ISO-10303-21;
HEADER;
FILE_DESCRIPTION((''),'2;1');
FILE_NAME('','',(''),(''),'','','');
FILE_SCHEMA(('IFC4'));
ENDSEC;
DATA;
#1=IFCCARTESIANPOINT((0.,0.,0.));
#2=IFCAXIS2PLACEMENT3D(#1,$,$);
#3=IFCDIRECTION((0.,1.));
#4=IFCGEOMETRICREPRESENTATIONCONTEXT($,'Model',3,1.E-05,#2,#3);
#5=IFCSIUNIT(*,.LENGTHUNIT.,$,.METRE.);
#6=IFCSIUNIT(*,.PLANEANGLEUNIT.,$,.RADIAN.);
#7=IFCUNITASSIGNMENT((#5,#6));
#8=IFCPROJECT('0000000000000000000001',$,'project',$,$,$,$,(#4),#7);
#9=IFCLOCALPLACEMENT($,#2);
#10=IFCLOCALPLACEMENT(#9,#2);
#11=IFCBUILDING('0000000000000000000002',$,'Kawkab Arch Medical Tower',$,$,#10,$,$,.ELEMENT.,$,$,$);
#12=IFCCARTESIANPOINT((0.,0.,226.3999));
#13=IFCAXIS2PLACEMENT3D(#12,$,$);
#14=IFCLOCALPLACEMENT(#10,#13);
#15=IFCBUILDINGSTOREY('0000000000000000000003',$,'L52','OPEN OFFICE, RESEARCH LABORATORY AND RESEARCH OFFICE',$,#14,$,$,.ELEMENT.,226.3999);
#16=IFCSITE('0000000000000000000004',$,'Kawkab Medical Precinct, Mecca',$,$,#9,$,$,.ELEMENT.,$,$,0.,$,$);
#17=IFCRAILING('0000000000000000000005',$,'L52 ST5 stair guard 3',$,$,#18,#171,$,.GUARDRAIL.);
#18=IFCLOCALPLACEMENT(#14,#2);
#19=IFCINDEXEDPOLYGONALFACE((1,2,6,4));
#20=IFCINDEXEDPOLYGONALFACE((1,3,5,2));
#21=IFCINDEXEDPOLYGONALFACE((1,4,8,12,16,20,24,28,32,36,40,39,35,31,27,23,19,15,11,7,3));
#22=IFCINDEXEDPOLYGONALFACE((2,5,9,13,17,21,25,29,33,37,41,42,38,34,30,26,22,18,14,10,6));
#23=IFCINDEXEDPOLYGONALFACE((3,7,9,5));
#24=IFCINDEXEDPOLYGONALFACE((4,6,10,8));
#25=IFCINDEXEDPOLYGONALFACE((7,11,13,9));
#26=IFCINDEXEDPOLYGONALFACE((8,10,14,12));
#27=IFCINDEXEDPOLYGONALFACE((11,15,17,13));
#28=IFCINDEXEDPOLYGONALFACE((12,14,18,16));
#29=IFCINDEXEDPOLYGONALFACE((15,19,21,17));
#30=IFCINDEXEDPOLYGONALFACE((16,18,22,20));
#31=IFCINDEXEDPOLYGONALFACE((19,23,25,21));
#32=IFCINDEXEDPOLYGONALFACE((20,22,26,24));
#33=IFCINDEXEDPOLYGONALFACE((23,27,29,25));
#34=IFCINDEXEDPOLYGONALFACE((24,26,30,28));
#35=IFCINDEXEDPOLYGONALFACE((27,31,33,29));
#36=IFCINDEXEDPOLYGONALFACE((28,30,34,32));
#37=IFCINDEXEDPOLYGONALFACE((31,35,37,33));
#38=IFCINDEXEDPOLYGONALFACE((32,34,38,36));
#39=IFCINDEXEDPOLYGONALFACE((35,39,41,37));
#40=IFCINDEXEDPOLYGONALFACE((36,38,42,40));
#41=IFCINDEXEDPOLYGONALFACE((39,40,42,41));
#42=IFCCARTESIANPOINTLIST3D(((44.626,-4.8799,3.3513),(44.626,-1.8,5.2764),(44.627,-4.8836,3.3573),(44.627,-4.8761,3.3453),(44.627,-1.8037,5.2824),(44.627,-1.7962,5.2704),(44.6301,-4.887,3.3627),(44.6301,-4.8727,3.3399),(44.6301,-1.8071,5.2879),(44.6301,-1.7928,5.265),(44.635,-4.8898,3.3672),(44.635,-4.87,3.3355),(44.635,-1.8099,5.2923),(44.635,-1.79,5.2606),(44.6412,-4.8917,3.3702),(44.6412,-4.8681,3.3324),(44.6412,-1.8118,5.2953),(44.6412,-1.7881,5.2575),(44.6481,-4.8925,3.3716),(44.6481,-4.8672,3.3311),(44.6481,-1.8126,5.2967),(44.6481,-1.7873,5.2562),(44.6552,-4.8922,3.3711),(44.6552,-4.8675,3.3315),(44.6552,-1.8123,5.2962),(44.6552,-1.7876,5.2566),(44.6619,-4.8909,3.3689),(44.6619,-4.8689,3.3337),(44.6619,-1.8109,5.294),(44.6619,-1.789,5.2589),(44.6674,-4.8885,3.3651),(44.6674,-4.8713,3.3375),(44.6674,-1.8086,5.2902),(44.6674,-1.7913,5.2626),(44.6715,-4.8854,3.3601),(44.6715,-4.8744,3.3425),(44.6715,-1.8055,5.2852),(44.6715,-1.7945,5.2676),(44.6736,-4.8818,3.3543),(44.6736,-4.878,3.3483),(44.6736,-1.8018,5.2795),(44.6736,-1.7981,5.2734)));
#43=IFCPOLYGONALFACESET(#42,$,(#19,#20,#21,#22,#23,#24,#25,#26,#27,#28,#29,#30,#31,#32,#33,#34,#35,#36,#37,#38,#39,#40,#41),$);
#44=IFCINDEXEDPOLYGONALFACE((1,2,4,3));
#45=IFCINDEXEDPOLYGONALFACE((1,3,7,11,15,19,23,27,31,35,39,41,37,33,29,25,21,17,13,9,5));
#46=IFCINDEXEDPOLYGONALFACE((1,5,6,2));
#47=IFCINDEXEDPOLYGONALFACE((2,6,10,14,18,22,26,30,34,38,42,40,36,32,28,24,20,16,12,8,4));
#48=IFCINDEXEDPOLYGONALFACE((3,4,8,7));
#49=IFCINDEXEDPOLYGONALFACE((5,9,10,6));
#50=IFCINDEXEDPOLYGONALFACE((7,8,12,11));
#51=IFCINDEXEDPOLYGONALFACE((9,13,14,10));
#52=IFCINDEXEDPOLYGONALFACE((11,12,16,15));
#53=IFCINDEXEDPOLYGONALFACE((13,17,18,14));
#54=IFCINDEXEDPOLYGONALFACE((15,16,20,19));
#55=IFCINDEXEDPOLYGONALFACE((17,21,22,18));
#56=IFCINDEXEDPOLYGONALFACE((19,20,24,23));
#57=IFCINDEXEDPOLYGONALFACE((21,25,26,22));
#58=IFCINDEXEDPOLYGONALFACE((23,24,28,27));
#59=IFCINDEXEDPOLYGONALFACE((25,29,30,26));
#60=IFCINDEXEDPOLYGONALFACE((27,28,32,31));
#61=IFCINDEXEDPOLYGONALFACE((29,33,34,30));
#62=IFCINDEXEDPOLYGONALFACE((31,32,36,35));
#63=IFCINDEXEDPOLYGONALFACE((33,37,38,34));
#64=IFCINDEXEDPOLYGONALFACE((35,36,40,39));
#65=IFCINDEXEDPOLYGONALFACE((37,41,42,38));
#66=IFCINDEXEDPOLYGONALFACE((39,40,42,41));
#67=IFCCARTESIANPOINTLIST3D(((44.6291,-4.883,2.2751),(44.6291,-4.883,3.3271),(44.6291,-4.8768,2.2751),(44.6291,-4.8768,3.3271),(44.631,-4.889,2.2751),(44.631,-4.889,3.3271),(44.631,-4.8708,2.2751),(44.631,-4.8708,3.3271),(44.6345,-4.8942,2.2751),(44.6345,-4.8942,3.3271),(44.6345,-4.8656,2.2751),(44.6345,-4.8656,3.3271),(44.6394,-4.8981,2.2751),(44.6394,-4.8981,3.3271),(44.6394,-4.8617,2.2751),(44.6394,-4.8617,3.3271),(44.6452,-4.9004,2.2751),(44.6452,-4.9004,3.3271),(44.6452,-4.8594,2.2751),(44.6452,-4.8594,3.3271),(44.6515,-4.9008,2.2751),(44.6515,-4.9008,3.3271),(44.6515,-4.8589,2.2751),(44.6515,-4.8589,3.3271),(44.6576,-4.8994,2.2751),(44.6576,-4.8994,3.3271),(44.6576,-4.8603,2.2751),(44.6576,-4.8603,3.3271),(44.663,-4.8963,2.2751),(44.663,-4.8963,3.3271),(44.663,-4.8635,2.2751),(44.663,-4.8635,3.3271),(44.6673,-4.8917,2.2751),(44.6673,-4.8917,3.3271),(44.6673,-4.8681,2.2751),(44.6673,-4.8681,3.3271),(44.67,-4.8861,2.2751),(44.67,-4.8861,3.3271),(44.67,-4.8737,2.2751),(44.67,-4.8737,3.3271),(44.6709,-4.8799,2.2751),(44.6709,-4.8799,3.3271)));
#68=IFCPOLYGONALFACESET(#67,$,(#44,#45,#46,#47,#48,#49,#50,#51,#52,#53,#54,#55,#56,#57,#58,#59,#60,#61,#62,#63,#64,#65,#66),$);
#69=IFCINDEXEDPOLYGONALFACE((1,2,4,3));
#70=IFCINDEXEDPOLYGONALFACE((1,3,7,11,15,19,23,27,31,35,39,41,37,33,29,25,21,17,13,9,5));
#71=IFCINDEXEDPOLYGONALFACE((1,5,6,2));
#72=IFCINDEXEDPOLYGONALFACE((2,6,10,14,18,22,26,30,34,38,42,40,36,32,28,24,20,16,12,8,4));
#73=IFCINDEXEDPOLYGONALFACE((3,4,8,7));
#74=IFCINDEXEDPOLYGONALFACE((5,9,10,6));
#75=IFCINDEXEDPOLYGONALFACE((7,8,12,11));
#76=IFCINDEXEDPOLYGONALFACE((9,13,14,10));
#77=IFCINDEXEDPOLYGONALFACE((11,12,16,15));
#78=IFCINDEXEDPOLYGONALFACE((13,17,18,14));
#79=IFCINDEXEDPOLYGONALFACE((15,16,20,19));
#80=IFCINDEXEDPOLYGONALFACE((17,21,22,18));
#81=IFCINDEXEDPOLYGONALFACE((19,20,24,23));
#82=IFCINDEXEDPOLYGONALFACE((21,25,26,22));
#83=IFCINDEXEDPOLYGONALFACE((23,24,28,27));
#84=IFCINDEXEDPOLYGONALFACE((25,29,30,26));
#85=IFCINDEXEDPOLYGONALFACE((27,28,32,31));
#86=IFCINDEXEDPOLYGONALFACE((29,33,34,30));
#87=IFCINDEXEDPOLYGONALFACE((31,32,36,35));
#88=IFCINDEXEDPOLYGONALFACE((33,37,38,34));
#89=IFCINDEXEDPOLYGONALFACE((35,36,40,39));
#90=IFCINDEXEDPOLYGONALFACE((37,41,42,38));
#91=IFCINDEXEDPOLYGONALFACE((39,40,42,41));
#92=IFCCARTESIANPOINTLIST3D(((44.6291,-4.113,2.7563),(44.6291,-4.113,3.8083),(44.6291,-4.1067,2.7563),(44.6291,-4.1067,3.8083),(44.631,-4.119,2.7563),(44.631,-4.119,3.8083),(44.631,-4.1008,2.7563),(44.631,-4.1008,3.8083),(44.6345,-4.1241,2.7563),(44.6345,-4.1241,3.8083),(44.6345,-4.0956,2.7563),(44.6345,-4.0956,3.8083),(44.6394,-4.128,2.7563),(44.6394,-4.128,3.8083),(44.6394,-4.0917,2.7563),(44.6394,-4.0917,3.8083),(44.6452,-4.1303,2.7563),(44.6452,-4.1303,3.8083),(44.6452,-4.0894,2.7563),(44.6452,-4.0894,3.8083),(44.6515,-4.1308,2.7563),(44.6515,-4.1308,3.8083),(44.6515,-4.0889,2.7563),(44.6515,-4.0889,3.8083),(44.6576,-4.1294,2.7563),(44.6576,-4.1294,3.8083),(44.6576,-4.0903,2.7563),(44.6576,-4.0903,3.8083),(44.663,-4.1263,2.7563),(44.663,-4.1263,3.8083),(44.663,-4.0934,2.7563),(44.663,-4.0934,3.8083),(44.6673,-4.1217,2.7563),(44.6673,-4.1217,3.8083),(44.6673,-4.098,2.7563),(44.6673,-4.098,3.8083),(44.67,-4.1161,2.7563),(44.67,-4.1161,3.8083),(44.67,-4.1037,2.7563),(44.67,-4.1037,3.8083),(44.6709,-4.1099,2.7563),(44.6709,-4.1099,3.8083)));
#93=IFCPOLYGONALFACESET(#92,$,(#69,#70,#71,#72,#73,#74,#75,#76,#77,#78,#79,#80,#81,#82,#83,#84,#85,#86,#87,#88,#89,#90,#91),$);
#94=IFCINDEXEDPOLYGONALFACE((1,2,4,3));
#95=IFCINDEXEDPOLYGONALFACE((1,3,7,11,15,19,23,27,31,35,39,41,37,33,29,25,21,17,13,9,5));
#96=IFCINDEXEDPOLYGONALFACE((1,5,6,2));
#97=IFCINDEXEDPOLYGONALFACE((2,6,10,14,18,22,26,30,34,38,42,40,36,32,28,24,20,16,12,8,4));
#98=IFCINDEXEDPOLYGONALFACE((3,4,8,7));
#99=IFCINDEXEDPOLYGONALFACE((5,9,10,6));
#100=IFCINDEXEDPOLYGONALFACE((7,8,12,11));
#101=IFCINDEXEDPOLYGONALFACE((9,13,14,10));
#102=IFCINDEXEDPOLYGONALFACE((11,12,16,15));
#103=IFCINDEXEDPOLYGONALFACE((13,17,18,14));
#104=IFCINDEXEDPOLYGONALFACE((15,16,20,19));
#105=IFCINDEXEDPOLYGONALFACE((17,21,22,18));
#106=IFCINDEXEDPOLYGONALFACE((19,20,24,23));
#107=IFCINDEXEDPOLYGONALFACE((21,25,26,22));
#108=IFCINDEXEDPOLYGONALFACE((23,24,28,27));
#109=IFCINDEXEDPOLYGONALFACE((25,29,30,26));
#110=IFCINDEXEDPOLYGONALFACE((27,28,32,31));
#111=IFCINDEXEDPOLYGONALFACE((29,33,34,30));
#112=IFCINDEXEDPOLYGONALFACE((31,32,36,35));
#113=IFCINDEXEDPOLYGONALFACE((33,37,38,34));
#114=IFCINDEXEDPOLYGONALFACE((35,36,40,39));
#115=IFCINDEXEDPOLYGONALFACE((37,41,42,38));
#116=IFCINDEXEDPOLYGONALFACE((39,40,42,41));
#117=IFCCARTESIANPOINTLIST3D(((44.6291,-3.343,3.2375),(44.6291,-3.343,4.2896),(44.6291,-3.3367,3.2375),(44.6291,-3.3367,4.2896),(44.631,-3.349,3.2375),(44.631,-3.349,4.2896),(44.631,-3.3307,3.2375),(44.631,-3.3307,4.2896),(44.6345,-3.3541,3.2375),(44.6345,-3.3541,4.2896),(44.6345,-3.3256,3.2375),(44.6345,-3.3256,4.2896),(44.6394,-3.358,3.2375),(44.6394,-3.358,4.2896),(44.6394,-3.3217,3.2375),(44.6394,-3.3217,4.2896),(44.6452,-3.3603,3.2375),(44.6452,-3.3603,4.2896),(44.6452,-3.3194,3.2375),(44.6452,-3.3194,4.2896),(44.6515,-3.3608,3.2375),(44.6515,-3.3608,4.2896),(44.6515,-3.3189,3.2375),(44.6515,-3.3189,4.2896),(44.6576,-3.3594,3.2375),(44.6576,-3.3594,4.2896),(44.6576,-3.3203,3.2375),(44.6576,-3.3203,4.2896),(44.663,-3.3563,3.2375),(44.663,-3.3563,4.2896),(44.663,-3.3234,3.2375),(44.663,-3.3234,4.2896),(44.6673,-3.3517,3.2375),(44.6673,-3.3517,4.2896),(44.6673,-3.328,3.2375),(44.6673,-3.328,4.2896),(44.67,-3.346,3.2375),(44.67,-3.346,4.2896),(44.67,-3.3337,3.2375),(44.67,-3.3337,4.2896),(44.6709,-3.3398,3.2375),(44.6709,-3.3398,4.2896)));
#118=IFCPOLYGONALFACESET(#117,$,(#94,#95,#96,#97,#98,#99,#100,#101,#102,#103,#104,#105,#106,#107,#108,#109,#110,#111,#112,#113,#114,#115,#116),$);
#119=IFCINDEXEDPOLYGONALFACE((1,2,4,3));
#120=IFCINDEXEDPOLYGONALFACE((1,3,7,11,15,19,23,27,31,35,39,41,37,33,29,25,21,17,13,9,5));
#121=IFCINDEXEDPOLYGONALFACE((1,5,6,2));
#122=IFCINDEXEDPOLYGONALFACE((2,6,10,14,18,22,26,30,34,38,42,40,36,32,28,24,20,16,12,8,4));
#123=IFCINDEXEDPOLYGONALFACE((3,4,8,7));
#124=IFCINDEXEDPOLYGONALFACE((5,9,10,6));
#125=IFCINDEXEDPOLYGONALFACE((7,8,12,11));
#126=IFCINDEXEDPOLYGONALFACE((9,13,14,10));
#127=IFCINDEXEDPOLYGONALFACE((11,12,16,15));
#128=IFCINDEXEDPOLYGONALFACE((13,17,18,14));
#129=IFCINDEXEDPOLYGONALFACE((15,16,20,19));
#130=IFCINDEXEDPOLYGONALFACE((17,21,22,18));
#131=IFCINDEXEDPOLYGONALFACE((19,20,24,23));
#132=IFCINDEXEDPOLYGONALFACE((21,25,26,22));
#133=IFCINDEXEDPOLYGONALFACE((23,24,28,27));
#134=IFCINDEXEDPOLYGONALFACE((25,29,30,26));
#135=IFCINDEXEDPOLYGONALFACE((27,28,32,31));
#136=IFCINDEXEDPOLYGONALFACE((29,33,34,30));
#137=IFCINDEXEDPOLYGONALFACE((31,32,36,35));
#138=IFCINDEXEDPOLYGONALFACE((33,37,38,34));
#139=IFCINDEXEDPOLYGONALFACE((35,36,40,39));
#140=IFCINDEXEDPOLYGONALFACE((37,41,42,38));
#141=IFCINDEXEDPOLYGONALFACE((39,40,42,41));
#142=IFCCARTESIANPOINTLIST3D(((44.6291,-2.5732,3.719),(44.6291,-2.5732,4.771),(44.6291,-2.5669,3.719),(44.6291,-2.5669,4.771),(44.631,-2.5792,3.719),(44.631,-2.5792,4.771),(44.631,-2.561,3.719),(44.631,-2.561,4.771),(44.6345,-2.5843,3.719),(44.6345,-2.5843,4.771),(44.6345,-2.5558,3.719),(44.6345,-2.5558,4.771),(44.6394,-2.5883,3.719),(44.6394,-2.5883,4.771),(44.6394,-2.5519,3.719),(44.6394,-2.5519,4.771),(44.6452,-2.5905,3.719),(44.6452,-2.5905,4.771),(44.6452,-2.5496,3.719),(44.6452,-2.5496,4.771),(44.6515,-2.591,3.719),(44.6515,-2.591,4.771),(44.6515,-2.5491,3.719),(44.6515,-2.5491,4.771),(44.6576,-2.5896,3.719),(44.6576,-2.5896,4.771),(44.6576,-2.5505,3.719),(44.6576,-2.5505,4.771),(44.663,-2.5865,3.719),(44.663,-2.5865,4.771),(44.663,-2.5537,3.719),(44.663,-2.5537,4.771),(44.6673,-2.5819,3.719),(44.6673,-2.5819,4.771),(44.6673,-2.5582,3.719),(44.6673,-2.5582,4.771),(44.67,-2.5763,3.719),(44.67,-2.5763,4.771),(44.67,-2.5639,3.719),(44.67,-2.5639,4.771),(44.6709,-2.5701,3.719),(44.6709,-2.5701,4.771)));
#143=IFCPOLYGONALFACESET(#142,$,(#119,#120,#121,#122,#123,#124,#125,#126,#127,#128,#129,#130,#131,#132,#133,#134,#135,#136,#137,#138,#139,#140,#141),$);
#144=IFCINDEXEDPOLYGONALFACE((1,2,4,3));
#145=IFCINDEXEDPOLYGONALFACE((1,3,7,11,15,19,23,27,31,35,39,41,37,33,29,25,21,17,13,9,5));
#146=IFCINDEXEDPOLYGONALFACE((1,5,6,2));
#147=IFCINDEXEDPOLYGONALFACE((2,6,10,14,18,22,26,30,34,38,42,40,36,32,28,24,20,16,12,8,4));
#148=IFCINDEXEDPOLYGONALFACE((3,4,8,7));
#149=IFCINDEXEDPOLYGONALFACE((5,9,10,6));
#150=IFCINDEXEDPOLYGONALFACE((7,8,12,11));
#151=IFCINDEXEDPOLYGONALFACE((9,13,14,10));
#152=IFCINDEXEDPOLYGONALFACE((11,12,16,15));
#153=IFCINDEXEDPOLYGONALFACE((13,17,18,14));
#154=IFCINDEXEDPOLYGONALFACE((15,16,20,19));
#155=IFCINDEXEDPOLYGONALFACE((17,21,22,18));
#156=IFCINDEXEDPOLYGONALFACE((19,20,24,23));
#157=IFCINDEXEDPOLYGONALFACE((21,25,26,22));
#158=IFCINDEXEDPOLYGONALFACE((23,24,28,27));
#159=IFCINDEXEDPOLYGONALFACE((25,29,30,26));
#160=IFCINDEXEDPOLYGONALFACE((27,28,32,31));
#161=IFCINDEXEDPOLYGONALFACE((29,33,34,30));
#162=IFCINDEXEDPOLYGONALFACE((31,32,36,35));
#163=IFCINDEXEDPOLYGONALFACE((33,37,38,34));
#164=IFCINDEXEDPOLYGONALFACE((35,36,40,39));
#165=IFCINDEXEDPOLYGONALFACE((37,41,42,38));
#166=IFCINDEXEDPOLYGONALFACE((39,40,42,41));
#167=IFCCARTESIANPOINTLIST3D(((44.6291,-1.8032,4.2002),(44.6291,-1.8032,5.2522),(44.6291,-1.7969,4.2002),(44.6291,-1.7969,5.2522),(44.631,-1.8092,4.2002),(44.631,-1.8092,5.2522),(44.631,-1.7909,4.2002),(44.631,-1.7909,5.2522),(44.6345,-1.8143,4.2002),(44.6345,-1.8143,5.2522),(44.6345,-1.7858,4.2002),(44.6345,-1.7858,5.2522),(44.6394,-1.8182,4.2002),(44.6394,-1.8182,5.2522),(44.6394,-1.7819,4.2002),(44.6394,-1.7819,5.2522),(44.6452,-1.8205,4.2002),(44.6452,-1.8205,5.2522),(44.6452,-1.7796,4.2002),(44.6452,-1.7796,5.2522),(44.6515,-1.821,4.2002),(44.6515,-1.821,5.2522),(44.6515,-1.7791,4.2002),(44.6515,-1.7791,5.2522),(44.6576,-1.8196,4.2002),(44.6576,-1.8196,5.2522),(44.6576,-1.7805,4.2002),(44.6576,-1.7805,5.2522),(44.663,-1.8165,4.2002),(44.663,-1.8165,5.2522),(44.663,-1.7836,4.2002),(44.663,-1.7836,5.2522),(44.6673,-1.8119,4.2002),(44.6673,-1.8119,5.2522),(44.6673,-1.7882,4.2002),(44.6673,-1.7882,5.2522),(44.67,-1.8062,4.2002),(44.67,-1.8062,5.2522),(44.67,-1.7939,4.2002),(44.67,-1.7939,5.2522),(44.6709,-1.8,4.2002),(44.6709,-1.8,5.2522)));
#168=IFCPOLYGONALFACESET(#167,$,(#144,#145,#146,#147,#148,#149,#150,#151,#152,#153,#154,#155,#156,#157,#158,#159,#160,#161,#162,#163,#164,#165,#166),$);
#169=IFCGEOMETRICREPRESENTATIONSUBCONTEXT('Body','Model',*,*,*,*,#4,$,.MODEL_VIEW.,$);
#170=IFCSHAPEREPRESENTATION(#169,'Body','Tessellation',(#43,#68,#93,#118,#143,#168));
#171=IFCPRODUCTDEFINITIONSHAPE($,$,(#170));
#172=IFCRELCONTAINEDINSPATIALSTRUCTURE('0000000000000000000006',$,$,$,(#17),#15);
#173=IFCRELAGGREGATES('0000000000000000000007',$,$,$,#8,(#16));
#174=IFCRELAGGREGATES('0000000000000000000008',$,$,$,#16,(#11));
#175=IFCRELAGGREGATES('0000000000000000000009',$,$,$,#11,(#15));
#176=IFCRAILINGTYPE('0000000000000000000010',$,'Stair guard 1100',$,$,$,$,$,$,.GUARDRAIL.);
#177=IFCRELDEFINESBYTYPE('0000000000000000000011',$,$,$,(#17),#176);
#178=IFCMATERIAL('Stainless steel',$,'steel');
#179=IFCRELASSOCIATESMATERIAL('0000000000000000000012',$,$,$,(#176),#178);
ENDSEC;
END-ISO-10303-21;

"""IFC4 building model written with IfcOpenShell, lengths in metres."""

from ifc_helpers import new_model, si_unit, direction, frame, origin, origin_2d, place, context, subcontext, project, spatial, circle, extrude, material, type_object, element, save


model = new_model("IFC4")

# Units and contexts
model_context = context("Model", 3, precision=1e-05, world=origin(), true_north=direction((0.0, 1.0)))
body_context = subcontext(model_context, "Body", "Model", "MODEL_VIEW")
ifc_project = project(units=[si_unit("LENGTHUNIT", "METRE"), si_unit("PLANEANGLEUNIT", "RADIAN")], contexts=[model_context])

# Site, building, storey
site_placement = place(None, origin())
site = spatial("IfcSite", under=ifc_project, at=site_placement, Name="Kawkab Medical Precinct, Mecca", CompositionType="ELEMENT", RefElevation=0.0)
building_placement = place(site_placement, origin())
building = spatial("IfcBuilding", under=site, at=building_placement, Name="Kawkab Arch Medical Tower", CompositionType="ELEMENT")
storey_placement = place(building_placement, frame((0.0, 0.0, 226.3999)))
storey = spatial("IfcBuildingStorey", under=building, at=storey_placement, Name="L52", Description="OPEN OFFICE, RESEARCH LABORATORY AND RESEARCH OFFICE", CompositionType="ELEMENT", Elevation=226.3999)

# Railing
ifc_material_1 = material(Name="Stainless steel", Category="steel")
railing_type_1 = type_object("IfcRailingType", Name="Stair guard 1100", PredefinedType="GUARDRAIL", material=ifc_material_1)
railing_1_placement = place(storey_placement, frame((44.6499, -4.8799, 2.2751)))
element("IfcRailing", 1, at=railing_1_placement, inside=storey, type_object=railing_type_1, Name="L52 ST5 stair guard 3", PredefinedType="GUARDRAIL", context=body_context, shape_type="SweptSolid", body=[
    extrude(circle(Radius=0.0239, at=origin_2d()), frame((0.0, 0.0, 1.0762), z_axis=(0.0, 0.847979, 0.530029), x_axis=(-1.0, 0.0, 0.0)), (0.0, 0.0, 1.0), 3.6321),
    extrude(circle(Radius=0.021, at=origin_2d()), origin(), (0.0, 0.0, 1.0), 1.052),
    extrude(circle(Radius=0.021, at=origin_2d()), frame((0.0, 0.77, 0.4812)), (0.0, 0.0, 1.0), 1.052),
    extrude(circle(Radius=0.021, at=origin_2d()), frame((0.0, 1.54, 0.9624)), (0.0, 0.0, 1.0), 1.052),
    extrude(circle(Radius=0.021, at=origin_2d()), frame((0.0, 2.3098, 1.4438)), (0.0, 0.0, 1.0), 1.052),
    extrude(circle(Radius=0.021, at=origin_2d()), frame((0.0, 3.0798, 1.925)), (0.0, 0.0, 1.0), 1.052),
])

save(model, "model.ifc")
